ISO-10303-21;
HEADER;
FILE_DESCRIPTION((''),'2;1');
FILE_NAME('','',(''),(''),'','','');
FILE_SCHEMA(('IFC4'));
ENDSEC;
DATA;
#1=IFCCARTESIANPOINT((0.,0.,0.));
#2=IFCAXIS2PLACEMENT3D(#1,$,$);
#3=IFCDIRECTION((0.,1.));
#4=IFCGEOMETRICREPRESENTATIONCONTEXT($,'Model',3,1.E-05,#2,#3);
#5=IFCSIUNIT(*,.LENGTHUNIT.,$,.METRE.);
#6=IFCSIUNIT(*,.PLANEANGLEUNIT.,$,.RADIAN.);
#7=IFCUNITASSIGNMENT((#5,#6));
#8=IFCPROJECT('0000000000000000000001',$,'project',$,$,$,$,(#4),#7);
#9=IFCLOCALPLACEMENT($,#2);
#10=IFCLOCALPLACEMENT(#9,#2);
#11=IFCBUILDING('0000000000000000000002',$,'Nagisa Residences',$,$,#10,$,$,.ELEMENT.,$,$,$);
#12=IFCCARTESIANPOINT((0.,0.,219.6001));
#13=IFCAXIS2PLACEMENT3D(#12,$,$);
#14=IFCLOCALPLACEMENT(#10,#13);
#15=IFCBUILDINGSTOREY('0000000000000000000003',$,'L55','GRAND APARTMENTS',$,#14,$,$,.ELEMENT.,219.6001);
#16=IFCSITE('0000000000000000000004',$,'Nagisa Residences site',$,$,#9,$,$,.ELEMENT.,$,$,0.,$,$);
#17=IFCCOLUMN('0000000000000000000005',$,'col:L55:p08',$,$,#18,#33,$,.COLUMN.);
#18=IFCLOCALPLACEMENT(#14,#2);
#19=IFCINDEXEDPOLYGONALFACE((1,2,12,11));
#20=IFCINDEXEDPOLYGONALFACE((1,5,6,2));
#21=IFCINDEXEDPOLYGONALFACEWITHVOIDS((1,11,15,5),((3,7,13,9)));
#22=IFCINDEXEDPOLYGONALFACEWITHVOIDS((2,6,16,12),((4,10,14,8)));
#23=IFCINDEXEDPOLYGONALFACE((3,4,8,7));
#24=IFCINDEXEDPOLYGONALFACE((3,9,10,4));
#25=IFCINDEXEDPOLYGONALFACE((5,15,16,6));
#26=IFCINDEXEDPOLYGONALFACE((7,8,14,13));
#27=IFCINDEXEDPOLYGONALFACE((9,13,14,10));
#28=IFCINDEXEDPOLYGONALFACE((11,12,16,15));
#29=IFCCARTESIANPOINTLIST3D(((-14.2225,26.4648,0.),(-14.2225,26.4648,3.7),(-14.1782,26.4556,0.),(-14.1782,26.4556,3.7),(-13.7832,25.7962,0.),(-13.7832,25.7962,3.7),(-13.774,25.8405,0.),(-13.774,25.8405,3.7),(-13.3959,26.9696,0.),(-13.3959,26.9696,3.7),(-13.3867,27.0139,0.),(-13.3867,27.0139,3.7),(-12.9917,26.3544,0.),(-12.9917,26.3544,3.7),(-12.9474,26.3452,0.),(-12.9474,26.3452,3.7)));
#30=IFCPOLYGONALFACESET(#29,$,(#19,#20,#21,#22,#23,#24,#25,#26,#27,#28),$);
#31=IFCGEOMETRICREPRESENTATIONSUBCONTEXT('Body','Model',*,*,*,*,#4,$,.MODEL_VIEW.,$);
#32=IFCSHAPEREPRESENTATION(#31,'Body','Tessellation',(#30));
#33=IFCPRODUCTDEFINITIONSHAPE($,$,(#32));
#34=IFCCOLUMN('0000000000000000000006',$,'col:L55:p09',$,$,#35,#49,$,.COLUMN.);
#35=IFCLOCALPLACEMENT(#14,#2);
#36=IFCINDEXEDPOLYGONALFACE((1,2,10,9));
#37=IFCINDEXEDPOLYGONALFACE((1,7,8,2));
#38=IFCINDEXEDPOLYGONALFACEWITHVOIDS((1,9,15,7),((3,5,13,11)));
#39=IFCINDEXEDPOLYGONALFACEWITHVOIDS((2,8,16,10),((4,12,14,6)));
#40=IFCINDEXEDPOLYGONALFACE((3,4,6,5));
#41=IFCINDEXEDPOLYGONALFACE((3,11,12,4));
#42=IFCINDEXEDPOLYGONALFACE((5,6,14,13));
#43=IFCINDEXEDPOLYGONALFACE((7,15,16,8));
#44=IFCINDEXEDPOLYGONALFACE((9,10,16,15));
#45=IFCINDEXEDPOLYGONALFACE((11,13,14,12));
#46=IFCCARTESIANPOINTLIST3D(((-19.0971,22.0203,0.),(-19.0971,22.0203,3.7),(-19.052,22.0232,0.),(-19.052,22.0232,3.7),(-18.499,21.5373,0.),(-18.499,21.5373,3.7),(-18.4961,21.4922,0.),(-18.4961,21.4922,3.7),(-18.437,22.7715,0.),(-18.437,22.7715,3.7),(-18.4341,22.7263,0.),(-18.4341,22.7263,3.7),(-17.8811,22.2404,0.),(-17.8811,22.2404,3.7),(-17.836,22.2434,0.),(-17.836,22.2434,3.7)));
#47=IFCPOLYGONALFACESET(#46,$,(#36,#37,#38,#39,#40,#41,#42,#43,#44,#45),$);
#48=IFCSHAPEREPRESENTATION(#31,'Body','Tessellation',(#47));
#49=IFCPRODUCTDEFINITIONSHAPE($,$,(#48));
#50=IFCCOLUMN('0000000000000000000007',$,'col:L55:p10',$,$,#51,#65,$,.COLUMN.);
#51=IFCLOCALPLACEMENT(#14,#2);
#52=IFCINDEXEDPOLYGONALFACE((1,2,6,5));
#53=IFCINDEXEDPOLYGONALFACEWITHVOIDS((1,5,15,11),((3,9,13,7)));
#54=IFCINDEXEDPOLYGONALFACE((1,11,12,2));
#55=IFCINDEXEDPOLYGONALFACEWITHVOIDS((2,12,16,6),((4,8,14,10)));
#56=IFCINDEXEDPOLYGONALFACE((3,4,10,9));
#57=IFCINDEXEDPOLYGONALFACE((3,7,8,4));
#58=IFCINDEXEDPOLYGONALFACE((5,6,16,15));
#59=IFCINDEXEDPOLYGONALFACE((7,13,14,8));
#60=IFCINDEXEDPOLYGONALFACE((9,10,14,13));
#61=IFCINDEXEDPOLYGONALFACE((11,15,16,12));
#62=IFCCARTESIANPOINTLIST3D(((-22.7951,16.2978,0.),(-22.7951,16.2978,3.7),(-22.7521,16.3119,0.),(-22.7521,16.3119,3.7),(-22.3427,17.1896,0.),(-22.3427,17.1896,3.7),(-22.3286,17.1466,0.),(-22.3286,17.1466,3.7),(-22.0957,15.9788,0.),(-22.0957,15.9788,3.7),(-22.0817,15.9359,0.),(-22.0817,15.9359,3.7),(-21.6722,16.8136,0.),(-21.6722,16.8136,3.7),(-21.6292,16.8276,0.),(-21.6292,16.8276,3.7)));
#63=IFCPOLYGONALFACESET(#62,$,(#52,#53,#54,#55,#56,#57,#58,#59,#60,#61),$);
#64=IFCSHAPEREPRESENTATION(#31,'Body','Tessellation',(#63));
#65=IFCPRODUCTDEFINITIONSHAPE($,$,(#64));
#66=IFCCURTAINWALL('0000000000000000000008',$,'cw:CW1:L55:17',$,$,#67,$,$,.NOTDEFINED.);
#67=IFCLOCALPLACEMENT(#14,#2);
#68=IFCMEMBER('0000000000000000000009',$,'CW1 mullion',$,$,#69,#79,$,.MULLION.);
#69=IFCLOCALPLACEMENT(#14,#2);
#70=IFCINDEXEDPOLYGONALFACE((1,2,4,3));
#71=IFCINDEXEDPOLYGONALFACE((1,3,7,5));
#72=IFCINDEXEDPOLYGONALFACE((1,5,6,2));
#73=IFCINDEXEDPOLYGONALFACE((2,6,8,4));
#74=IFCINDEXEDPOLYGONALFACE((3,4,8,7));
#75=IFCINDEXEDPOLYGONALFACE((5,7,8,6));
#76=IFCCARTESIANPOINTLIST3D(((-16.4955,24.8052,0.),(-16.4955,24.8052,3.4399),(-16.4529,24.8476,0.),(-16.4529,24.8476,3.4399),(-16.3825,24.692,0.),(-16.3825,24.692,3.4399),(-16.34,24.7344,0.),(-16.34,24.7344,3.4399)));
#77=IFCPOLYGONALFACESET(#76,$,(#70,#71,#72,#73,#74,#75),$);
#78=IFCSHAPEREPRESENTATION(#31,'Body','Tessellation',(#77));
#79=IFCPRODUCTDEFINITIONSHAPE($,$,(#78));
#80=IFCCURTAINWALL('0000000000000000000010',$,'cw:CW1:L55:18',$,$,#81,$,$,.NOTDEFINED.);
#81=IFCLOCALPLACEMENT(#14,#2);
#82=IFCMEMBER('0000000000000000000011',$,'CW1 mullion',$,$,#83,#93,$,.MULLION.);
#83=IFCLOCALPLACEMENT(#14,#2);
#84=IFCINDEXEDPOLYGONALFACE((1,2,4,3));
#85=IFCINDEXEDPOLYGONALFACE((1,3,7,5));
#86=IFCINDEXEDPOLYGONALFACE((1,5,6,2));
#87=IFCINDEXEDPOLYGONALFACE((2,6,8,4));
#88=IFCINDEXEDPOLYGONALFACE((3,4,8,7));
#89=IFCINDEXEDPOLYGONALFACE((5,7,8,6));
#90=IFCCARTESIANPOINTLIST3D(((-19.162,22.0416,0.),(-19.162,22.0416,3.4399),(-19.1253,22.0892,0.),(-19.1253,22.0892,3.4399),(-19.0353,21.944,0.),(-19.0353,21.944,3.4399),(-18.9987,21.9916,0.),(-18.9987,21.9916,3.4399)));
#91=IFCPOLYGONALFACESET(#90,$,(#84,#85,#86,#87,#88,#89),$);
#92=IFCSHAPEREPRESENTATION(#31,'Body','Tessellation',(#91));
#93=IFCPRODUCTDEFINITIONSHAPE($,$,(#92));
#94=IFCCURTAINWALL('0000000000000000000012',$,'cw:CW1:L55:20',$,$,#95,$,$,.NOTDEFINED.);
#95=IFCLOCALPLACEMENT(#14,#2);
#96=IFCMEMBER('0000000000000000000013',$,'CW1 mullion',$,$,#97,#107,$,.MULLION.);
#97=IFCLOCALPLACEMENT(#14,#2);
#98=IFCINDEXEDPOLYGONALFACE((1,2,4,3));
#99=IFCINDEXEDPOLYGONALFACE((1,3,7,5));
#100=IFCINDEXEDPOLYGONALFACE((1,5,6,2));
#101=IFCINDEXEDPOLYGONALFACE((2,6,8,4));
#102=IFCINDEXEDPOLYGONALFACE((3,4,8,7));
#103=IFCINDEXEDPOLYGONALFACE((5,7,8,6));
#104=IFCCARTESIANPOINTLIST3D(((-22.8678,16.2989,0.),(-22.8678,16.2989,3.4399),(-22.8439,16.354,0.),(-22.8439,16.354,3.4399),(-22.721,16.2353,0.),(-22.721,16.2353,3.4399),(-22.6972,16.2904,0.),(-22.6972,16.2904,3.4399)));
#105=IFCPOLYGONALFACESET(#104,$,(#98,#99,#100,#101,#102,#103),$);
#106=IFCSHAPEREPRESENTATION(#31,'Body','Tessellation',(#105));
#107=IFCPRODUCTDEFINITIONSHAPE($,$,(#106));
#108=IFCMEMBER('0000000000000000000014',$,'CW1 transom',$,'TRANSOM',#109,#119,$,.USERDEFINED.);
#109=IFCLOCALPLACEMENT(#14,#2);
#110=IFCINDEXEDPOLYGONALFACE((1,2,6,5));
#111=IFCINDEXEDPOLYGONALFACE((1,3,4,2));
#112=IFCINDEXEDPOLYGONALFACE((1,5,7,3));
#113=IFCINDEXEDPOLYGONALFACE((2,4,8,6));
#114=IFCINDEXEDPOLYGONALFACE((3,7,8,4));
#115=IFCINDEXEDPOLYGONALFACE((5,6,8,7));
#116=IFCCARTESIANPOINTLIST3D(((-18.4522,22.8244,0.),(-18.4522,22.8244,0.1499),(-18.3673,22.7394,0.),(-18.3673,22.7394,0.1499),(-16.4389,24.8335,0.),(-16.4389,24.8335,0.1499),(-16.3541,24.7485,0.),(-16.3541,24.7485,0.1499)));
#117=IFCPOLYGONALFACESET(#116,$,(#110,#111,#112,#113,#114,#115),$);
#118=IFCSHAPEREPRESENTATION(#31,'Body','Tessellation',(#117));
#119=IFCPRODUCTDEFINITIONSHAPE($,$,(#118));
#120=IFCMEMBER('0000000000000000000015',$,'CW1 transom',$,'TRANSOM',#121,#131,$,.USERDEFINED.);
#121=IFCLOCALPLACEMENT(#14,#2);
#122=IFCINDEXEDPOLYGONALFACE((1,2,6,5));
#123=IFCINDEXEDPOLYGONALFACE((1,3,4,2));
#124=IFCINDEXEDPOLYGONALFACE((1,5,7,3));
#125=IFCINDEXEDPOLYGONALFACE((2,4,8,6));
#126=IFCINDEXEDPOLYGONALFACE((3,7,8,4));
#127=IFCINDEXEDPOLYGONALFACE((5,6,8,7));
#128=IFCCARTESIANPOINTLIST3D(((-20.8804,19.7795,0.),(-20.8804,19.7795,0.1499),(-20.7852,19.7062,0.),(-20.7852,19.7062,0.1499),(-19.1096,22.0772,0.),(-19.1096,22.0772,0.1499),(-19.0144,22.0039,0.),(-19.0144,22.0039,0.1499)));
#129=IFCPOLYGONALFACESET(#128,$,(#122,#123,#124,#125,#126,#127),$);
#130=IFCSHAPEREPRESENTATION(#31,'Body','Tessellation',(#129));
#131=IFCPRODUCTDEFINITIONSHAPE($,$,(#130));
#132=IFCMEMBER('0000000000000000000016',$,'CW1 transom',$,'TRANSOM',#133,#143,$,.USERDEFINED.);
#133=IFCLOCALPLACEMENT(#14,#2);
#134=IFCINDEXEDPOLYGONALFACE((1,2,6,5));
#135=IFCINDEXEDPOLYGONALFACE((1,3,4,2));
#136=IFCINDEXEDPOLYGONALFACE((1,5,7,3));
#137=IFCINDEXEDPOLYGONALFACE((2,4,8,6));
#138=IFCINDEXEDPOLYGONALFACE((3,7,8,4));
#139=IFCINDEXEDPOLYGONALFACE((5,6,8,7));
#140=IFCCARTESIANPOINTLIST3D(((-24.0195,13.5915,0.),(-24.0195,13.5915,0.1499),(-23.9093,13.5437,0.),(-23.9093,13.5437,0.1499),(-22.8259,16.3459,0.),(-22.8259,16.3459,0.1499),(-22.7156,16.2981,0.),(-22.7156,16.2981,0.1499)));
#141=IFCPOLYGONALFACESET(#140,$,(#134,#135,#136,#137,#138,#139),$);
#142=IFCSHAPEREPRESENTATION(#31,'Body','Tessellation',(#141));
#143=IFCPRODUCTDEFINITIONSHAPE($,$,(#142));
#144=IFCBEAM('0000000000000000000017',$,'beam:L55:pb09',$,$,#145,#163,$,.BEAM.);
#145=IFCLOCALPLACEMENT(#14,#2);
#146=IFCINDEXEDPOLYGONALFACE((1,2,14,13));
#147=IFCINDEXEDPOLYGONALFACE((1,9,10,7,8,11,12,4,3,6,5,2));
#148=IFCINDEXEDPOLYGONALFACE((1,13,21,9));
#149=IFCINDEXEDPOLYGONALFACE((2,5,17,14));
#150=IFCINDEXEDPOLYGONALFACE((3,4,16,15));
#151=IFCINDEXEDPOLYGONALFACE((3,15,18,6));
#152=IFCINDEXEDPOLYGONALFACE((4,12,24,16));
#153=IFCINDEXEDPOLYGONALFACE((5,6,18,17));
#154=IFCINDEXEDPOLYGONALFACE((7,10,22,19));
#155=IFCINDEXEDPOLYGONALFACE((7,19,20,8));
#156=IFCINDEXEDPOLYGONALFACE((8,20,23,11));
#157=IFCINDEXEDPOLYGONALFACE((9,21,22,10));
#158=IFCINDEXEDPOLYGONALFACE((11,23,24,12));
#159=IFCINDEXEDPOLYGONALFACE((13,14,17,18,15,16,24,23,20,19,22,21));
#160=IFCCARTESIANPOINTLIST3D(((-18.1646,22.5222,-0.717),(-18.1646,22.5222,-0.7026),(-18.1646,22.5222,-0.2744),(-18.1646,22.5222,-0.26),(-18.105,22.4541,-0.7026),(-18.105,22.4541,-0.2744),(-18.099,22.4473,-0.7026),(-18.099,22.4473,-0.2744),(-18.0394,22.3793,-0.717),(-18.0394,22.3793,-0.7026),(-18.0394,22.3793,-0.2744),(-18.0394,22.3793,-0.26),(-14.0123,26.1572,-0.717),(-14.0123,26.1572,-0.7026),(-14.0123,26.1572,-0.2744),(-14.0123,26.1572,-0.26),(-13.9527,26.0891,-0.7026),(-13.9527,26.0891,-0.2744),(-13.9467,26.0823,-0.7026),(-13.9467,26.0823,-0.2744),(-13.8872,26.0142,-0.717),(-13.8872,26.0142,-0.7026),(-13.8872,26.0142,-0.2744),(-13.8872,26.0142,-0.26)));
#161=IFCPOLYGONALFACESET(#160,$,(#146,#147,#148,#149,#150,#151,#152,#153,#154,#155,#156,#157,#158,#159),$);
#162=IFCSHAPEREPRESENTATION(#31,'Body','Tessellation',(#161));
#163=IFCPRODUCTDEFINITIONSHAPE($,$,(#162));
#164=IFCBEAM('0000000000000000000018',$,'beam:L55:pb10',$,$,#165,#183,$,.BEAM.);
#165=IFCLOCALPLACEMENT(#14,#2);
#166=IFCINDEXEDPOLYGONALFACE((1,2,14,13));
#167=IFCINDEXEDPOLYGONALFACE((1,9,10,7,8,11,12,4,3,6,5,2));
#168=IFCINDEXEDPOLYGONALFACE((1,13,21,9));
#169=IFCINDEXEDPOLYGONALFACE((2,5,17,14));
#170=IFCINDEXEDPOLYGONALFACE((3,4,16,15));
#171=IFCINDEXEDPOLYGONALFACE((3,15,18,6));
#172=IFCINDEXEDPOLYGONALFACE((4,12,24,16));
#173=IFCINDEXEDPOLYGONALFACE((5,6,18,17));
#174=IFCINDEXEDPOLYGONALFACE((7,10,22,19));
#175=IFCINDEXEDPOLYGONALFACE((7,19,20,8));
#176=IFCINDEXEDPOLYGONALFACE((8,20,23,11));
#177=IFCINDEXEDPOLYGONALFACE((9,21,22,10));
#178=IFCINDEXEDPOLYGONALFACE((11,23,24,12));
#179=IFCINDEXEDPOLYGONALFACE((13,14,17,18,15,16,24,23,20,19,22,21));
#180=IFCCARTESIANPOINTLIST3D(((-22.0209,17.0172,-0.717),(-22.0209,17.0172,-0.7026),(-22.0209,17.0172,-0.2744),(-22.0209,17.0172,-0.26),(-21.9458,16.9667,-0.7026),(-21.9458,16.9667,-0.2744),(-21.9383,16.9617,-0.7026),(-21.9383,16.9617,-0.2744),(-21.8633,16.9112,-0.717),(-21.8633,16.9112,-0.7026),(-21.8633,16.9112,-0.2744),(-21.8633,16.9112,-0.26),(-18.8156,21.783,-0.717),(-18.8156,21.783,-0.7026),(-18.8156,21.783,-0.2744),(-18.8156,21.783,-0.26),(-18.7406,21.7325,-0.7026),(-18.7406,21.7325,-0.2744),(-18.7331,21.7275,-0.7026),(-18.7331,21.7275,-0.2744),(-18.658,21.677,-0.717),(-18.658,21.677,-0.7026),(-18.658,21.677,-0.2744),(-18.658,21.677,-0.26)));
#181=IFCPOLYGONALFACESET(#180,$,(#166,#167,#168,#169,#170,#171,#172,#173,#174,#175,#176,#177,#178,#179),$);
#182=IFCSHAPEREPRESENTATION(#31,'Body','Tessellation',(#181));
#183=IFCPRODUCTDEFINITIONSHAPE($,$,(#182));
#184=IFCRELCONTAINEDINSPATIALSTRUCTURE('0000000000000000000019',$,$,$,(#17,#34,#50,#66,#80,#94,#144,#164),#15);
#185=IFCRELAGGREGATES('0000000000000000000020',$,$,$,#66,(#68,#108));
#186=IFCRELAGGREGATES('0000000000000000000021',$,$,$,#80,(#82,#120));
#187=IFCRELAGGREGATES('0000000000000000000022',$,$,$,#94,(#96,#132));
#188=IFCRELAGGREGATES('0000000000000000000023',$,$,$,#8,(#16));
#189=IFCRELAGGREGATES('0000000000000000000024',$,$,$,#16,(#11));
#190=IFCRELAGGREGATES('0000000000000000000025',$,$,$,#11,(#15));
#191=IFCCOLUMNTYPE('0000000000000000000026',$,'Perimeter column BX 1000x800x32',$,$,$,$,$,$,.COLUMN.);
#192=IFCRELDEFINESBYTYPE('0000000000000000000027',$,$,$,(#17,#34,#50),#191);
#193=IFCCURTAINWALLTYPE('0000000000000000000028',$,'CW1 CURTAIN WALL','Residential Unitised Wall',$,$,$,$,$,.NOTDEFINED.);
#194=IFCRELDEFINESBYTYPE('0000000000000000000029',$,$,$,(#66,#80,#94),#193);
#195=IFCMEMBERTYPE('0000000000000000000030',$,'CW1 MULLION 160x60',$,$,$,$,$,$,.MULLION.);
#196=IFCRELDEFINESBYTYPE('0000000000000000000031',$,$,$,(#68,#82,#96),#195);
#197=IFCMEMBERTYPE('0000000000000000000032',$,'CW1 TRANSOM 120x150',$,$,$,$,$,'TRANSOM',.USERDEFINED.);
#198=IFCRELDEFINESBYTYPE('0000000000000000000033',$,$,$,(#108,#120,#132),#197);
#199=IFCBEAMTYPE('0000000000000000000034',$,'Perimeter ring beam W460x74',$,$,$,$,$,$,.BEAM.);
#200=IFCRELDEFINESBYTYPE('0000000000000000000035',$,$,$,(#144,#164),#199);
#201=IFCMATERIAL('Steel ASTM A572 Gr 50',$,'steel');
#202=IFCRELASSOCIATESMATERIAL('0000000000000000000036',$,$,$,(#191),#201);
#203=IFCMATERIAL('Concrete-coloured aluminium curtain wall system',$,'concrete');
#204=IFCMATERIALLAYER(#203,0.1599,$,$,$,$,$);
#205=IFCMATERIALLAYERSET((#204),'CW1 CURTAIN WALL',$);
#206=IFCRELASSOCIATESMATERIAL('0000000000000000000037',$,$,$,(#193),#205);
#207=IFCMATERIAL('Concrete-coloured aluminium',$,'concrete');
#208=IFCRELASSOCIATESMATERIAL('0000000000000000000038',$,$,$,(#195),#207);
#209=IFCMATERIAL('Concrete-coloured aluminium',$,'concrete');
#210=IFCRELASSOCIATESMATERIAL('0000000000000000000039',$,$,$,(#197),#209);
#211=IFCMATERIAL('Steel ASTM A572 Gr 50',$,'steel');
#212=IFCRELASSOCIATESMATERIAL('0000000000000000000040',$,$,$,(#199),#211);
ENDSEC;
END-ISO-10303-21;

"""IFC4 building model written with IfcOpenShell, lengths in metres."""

from ifc_helpers import new_model, si_unit, direction, frame, origin, origin_2d, place, context, subcontext, project, spatial, rectangle, hollow_rectangle, i_section, extrude, material, layer, layer_set, material_profile, profile_set, type_object, element, aggregate, save


model = new_model("IFC4")

# Units and contexts
model_context = context("Model", 3, precision=1e-05, world=origin(), true_north=direction((0.0, 1.0)))
body_context = subcontext(model_context, "Body", "Model", "MODEL_VIEW")
ifc_project = project(units=[si_unit("LENGTHUNIT", "METRE"), si_unit("PLANEANGLEUNIT", "RADIAN")], contexts=[model_context])

# Site, building, storey
site_placement = place(None, origin())
site = spatial("IfcSite", under=ifc_project, at=site_placement, Name="Nagisa Residences site", CompositionType="ELEMENT", RefElevation=0.0)
building_placement = place(site_placement, origin())
building = spatial("IfcBuilding", under=site, at=building_placement, Name="Nagisa Residences", CompositionType="ELEMENT")
storey_placement = place(building_placement, frame((0.0, 0.0, 219.6001)))
storey = spatial("IfcBuildingStorey", under=building, at=storey_placement, Name="L55", Description="GRAND APARTMENTS", CompositionType="ELEMENT", Elevation=219.6001)

# Columns
ifc_material_1 = material(Name="Steel ASTM A572 Gr 50", Category="steel")
ifc_material_profile_1 = material_profile(ifc_material_1, hollow_rectangle(XDim=1.0, YDim=0.8, WallThickness=0.032, at=origin_2d()), Name="BX 1000x800x32")
ifc_profile_set_1 = profile_set([ifc_material_profile_1], Name="Steel ASTM A572 Gr 50")
column_type = type_object("IfcColumnType", Name="Perimeter column BX 1000x800x32", PredefinedType="COLUMN", material=ifc_profile_set_1)
for number, where, z_axis, x_axis, name in (
    (1, (-13.585, 26.405, 0.0), (0.0, 0.0, 1.0), (-0.835766, -0.549086, 0.0), "col:L55:p08"),
    (2, (-18.4666, 22.1318, 0.0), (0.0, 0.0, 1.0), (-0.660115, -0.751165, 0.0), "col:L55:p09"),
    (3, (-22.2122, 16.5627, 0.0), (0.0, 0.0, 1.0), (-0.452463, -0.891783, 0.0), "col:L55:p10"),
):
    element("IfcColumn", number, at=place(storey_placement, frame(where, z_axis=z_axis, x_axis=x_axis)), inside=storey, type_object=column_type, Name=name, PredefinedType="COLUMN", context=body_context, shape_type="SweptSolid", body=[
        extrude(hollow_rectangle(XDim=1.0, YDim=0.8, WallThickness=0.032, at=origin_2d()), origin(), (0.0, 0.0, 1.0), 3.7),
    ])

# Curtain walls, members
ifc_material_2 = material(Name="Concrete-coloured aluminium curtain wall system", Category="concrete")
ifc_layer_1 = layer(ifc_material_2, 0.1599)
ifc_layer_set_1 = layer_set([ifc_layer_1], Name="CW1 CURTAIN WALL")
curtain_wall_type = type_object("IfcCurtainWallType", Name="CW1 CURTAIN WALL", Description="Residential Unitised Wall", PredefinedType="NOTDEFINED", material=ifc_layer_set_1)
curtain_wall_1_placement = place(storey_placement, origin())
curtain_wall_1 = element("IfcCurtainWall", 4, at=curtain_wall_1_placement, inside=storey, type_object=curtain_wall_type, Name="cw:CW1:L55:17", PredefinedType="NOTDEFINED")
ifc_material_3 = material(Name="Concrete-coloured aluminium", Category="concrete")
ifc_material_profile_2 = material_profile(ifc_material_3, rectangle(XDim=0.1599, YDim=0.0601, at=origin_2d()), Name="CW1 MULLION 160x60")
ifc_profile_set_2 = profile_set([ifc_material_profile_2], Name="Concrete-coloured aluminium")
member_type_1 = type_object("IfcMemberType", Name="CW1 MULLION 160x60", PredefinedType="MULLION", material=ifc_profile_set_2)
member_1_placement = place(storey_placement, frame((-16.4177, 24.7698, 0.0), z_axis=(0.0, 0.0, 1.0), x_axis=(0.706377, -0.707836, 0.0)))
member_1 = element("IfcMember", 5, at=member_1_placement, type_object=member_type_1, Name="CW1 mullion", PredefinedType="MULLION", context=body_context, shape_type="SweptSolid", body=[
    extrude(rectangle(XDim=0.1599, YDim=0.0601, at=origin_2d()), origin(), (0.0, 0.0, 1.0), 3.4399),
])
curtain_wall_2_placement = place(storey_placement, origin())
curtain_wall_2 = element("IfcCurtainWall", 6, at=curtain_wall_2_placement, inside=storey, type_object=curtain_wall_type, Name="cw:CW1:L55:18", PredefinedType="NOTDEFINED")
member_2_placement = place(storey_placement, frame((-19.0803, 22.0166, 0.0), z_axis=(0.0, 0.0, 1.0), x_axis=(0.79207, -0.61043, 0.0)))
member_2 = element("IfcMember", 7, at=member_2_placement, type_object=member_type_1, Name="CW1 mullion", PredefinedType="MULLION", context=body_context, shape_type="SweptSolid", body=[
    extrude(rectangle(XDim=0.1599, YDim=0.0601, at=origin_2d()), origin(), (0.0, 0.0, 1.0), 3.4399),
])
curtain_wall_3_placement = place(storey_placement, origin())
curtain_wall_3 = element("IfcCurtainWall", 8, at=curtain_wall_3_placement, inside=storey, type_object=curtain_wall_type, Name="cw:CW1:L55:20", PredefinedType="NOTDEFINED")
member_3_placement = place(storey_placement, frame((-22.7825, 16.2947, 0.0), z_axis=(0.0, 0.0, 1.0), x_axis=(0.917543, -0.397636, 0.0)))
member_3 = element("IfcMember", 9, at=member_3_placement, type_object=member_type_1, Name="CW1 mullion", PredefinedType="MULLION", context=body_context, shape_type="SweptSolid", body=[
    extrude(rectangle(XDim=0.1599, YDim=0.0601, at=origin_2d()), origin(), (0.0, 0.0, 1.0), 3.4399),
])

# Members
ifc_material_4 = material(Name="Concrete-coloured aluminium", Category="concrete")
ifc_material_profile_3 = material_profile(ifc_material_4, rectangle(XDim=0.1201, YDim=0.1499, at=origin_2d()), Name="CW1 TRANSOM 120x150")
ifc_profile_set_3 = profile_set([ifc_material_profile_3], Name="Concrete-coloured aluminium")
member_type_2 = type_object("IfcMemberType", Name="CW1 TRANSOM 120x150", ElementType="TRANSOM", PredefinedType="USERDEFINED", material=ifc_profile_set_3)
member_4_placement = place(storey_placement, frame((-16.3965, 24.791, 0.075), z_axis=(-0.707836, -0.706377, 0.0), x_axis=(0.706377, -0.707836, 0.0)))
member_4 = element("IfcMember", 10, at=member_4_placement, type_object=member_type_2, Name="CW1 transom", ObjectType="TRANSOM", PredefinedType="USERDEFINED", context=body_context, shape_type="SweptSolid", body=[
    extrude(rectangle(XDim=0.1201, YDim=0.1499, at=origin_2d()), origin(), (0.0, 0.0, 1.0), 2.8442),
])
member_5_placement = place(storey_placement, frame((-19.062, 22.0405, 0.075), z_axis=(-0.610439, -0.792064, 0.0), x_axis=(0.792064, -0.610439, 0.0)))
member_5 = element("IfcMember", 11, at=member_5_placement, type_object=member_type_2, Name="CW1 transom", ObjectType="TRANSOM", PredefinedType="USERDEFINED", context=body_context, shape_type="SweptSolid", body=[
    extrude(rectangle(XDim=0.1201, YDim=0.1499, at=origin_2d()), origin(), (0.0, 0.0, 1.0), 2.9009),
])
member_6_placement = place(storey_placement, frame((-22.7708, 16.322, 0.075), z_axis=(-0.397617, -0.917552, 0.0), x_axis=(0.917552, -0.397617, 0.0)))
member_6 = element("IfcMember", 12, at=member_6_placement, type_object=member_type_2, Name="CW1 transom", ObjectType="TRANSOM", PredefinedType="USERDEFINED", context=body_context, shape_type="SweptSolid", body=[
    extrude(rectangle(XDim=0.1201, YDim=0.1499, at=origin_2d()), origin(), (0.0, 0.0, 1.0), 3.002),
])

# Beams
ifc_material_5 = material(Name="Steel ASTM A572 Gr 50", Category="steel")
ifc_material_profile_4 = material_profile(ifc_material_5, i_section(OverallWidth=0.1899, OverallDepth=0.457, WebThickness=0.009, FlangeThickness=0.0144, at=origin_2d()), Name="W460x74")
ifc_profile_set_4 = profile_set([ifc_material_profile_4], Name="Steel ASTM A572 Gr 50")
beam_type_1 = type_object("IfcBeamType", Name="Perimeter ring beam W460x74", PredefinedType="BEAM", material=ifc_profile_set_4)
beam_1_placement = place(storey_placement, frame((-13.9497, 26.0857, -0.4885), z_axis=(-0.752423, -0.65868, 0.0), x_axis=(0.65868, -0.752423, 0.0)))
element("IfcBeam", 13, at=beam_1_placement, inside=storey, type_object=beam_type_1, Name="beam:L55:pb09", PredefinedType="BEAM", context=body_context, shape_type="SweptSolid", body=[
    extrude(i_section(OverallWidth=0.1899, OverallDepth=0.457, WebThickness=0.009, FlangeThickness=0.0144, at=origin_2d()), origin(), (0.0, 0.0, 1.0), 5.5186),
])
beam_2_placement = place(storey_placement, frame((-18.7368, 21.73, -0.4885), z_axis=(-0.55808, -0.829787, 0.0), x_axis=(0.829787, -0.55808, 0.0)))
element("IfcBeam", 14, at=beam_2_placement, inside=storey, type_object=beam_type_1, Name="beam:L55:pb10", PredefinedType="BEAM", context=body_context, shape_type="SweptSolid", body=[
    extrude(i_section(OverallWidth=0.1899, OverallDepth=0.457, WebThickness=0.009, FlangeThickness=0.0144, at=origin_2d()), origin(), (0.0, 0.0, 1.0), 5.7434),
])

aggregate(curtain_wall_1, [member_1, member_4])
aggregate(curtain_wall_2, [member_2, member_5])
aggregate(curtain_wall_3, [member_3, member_6])

save(model, "model.ifc")
